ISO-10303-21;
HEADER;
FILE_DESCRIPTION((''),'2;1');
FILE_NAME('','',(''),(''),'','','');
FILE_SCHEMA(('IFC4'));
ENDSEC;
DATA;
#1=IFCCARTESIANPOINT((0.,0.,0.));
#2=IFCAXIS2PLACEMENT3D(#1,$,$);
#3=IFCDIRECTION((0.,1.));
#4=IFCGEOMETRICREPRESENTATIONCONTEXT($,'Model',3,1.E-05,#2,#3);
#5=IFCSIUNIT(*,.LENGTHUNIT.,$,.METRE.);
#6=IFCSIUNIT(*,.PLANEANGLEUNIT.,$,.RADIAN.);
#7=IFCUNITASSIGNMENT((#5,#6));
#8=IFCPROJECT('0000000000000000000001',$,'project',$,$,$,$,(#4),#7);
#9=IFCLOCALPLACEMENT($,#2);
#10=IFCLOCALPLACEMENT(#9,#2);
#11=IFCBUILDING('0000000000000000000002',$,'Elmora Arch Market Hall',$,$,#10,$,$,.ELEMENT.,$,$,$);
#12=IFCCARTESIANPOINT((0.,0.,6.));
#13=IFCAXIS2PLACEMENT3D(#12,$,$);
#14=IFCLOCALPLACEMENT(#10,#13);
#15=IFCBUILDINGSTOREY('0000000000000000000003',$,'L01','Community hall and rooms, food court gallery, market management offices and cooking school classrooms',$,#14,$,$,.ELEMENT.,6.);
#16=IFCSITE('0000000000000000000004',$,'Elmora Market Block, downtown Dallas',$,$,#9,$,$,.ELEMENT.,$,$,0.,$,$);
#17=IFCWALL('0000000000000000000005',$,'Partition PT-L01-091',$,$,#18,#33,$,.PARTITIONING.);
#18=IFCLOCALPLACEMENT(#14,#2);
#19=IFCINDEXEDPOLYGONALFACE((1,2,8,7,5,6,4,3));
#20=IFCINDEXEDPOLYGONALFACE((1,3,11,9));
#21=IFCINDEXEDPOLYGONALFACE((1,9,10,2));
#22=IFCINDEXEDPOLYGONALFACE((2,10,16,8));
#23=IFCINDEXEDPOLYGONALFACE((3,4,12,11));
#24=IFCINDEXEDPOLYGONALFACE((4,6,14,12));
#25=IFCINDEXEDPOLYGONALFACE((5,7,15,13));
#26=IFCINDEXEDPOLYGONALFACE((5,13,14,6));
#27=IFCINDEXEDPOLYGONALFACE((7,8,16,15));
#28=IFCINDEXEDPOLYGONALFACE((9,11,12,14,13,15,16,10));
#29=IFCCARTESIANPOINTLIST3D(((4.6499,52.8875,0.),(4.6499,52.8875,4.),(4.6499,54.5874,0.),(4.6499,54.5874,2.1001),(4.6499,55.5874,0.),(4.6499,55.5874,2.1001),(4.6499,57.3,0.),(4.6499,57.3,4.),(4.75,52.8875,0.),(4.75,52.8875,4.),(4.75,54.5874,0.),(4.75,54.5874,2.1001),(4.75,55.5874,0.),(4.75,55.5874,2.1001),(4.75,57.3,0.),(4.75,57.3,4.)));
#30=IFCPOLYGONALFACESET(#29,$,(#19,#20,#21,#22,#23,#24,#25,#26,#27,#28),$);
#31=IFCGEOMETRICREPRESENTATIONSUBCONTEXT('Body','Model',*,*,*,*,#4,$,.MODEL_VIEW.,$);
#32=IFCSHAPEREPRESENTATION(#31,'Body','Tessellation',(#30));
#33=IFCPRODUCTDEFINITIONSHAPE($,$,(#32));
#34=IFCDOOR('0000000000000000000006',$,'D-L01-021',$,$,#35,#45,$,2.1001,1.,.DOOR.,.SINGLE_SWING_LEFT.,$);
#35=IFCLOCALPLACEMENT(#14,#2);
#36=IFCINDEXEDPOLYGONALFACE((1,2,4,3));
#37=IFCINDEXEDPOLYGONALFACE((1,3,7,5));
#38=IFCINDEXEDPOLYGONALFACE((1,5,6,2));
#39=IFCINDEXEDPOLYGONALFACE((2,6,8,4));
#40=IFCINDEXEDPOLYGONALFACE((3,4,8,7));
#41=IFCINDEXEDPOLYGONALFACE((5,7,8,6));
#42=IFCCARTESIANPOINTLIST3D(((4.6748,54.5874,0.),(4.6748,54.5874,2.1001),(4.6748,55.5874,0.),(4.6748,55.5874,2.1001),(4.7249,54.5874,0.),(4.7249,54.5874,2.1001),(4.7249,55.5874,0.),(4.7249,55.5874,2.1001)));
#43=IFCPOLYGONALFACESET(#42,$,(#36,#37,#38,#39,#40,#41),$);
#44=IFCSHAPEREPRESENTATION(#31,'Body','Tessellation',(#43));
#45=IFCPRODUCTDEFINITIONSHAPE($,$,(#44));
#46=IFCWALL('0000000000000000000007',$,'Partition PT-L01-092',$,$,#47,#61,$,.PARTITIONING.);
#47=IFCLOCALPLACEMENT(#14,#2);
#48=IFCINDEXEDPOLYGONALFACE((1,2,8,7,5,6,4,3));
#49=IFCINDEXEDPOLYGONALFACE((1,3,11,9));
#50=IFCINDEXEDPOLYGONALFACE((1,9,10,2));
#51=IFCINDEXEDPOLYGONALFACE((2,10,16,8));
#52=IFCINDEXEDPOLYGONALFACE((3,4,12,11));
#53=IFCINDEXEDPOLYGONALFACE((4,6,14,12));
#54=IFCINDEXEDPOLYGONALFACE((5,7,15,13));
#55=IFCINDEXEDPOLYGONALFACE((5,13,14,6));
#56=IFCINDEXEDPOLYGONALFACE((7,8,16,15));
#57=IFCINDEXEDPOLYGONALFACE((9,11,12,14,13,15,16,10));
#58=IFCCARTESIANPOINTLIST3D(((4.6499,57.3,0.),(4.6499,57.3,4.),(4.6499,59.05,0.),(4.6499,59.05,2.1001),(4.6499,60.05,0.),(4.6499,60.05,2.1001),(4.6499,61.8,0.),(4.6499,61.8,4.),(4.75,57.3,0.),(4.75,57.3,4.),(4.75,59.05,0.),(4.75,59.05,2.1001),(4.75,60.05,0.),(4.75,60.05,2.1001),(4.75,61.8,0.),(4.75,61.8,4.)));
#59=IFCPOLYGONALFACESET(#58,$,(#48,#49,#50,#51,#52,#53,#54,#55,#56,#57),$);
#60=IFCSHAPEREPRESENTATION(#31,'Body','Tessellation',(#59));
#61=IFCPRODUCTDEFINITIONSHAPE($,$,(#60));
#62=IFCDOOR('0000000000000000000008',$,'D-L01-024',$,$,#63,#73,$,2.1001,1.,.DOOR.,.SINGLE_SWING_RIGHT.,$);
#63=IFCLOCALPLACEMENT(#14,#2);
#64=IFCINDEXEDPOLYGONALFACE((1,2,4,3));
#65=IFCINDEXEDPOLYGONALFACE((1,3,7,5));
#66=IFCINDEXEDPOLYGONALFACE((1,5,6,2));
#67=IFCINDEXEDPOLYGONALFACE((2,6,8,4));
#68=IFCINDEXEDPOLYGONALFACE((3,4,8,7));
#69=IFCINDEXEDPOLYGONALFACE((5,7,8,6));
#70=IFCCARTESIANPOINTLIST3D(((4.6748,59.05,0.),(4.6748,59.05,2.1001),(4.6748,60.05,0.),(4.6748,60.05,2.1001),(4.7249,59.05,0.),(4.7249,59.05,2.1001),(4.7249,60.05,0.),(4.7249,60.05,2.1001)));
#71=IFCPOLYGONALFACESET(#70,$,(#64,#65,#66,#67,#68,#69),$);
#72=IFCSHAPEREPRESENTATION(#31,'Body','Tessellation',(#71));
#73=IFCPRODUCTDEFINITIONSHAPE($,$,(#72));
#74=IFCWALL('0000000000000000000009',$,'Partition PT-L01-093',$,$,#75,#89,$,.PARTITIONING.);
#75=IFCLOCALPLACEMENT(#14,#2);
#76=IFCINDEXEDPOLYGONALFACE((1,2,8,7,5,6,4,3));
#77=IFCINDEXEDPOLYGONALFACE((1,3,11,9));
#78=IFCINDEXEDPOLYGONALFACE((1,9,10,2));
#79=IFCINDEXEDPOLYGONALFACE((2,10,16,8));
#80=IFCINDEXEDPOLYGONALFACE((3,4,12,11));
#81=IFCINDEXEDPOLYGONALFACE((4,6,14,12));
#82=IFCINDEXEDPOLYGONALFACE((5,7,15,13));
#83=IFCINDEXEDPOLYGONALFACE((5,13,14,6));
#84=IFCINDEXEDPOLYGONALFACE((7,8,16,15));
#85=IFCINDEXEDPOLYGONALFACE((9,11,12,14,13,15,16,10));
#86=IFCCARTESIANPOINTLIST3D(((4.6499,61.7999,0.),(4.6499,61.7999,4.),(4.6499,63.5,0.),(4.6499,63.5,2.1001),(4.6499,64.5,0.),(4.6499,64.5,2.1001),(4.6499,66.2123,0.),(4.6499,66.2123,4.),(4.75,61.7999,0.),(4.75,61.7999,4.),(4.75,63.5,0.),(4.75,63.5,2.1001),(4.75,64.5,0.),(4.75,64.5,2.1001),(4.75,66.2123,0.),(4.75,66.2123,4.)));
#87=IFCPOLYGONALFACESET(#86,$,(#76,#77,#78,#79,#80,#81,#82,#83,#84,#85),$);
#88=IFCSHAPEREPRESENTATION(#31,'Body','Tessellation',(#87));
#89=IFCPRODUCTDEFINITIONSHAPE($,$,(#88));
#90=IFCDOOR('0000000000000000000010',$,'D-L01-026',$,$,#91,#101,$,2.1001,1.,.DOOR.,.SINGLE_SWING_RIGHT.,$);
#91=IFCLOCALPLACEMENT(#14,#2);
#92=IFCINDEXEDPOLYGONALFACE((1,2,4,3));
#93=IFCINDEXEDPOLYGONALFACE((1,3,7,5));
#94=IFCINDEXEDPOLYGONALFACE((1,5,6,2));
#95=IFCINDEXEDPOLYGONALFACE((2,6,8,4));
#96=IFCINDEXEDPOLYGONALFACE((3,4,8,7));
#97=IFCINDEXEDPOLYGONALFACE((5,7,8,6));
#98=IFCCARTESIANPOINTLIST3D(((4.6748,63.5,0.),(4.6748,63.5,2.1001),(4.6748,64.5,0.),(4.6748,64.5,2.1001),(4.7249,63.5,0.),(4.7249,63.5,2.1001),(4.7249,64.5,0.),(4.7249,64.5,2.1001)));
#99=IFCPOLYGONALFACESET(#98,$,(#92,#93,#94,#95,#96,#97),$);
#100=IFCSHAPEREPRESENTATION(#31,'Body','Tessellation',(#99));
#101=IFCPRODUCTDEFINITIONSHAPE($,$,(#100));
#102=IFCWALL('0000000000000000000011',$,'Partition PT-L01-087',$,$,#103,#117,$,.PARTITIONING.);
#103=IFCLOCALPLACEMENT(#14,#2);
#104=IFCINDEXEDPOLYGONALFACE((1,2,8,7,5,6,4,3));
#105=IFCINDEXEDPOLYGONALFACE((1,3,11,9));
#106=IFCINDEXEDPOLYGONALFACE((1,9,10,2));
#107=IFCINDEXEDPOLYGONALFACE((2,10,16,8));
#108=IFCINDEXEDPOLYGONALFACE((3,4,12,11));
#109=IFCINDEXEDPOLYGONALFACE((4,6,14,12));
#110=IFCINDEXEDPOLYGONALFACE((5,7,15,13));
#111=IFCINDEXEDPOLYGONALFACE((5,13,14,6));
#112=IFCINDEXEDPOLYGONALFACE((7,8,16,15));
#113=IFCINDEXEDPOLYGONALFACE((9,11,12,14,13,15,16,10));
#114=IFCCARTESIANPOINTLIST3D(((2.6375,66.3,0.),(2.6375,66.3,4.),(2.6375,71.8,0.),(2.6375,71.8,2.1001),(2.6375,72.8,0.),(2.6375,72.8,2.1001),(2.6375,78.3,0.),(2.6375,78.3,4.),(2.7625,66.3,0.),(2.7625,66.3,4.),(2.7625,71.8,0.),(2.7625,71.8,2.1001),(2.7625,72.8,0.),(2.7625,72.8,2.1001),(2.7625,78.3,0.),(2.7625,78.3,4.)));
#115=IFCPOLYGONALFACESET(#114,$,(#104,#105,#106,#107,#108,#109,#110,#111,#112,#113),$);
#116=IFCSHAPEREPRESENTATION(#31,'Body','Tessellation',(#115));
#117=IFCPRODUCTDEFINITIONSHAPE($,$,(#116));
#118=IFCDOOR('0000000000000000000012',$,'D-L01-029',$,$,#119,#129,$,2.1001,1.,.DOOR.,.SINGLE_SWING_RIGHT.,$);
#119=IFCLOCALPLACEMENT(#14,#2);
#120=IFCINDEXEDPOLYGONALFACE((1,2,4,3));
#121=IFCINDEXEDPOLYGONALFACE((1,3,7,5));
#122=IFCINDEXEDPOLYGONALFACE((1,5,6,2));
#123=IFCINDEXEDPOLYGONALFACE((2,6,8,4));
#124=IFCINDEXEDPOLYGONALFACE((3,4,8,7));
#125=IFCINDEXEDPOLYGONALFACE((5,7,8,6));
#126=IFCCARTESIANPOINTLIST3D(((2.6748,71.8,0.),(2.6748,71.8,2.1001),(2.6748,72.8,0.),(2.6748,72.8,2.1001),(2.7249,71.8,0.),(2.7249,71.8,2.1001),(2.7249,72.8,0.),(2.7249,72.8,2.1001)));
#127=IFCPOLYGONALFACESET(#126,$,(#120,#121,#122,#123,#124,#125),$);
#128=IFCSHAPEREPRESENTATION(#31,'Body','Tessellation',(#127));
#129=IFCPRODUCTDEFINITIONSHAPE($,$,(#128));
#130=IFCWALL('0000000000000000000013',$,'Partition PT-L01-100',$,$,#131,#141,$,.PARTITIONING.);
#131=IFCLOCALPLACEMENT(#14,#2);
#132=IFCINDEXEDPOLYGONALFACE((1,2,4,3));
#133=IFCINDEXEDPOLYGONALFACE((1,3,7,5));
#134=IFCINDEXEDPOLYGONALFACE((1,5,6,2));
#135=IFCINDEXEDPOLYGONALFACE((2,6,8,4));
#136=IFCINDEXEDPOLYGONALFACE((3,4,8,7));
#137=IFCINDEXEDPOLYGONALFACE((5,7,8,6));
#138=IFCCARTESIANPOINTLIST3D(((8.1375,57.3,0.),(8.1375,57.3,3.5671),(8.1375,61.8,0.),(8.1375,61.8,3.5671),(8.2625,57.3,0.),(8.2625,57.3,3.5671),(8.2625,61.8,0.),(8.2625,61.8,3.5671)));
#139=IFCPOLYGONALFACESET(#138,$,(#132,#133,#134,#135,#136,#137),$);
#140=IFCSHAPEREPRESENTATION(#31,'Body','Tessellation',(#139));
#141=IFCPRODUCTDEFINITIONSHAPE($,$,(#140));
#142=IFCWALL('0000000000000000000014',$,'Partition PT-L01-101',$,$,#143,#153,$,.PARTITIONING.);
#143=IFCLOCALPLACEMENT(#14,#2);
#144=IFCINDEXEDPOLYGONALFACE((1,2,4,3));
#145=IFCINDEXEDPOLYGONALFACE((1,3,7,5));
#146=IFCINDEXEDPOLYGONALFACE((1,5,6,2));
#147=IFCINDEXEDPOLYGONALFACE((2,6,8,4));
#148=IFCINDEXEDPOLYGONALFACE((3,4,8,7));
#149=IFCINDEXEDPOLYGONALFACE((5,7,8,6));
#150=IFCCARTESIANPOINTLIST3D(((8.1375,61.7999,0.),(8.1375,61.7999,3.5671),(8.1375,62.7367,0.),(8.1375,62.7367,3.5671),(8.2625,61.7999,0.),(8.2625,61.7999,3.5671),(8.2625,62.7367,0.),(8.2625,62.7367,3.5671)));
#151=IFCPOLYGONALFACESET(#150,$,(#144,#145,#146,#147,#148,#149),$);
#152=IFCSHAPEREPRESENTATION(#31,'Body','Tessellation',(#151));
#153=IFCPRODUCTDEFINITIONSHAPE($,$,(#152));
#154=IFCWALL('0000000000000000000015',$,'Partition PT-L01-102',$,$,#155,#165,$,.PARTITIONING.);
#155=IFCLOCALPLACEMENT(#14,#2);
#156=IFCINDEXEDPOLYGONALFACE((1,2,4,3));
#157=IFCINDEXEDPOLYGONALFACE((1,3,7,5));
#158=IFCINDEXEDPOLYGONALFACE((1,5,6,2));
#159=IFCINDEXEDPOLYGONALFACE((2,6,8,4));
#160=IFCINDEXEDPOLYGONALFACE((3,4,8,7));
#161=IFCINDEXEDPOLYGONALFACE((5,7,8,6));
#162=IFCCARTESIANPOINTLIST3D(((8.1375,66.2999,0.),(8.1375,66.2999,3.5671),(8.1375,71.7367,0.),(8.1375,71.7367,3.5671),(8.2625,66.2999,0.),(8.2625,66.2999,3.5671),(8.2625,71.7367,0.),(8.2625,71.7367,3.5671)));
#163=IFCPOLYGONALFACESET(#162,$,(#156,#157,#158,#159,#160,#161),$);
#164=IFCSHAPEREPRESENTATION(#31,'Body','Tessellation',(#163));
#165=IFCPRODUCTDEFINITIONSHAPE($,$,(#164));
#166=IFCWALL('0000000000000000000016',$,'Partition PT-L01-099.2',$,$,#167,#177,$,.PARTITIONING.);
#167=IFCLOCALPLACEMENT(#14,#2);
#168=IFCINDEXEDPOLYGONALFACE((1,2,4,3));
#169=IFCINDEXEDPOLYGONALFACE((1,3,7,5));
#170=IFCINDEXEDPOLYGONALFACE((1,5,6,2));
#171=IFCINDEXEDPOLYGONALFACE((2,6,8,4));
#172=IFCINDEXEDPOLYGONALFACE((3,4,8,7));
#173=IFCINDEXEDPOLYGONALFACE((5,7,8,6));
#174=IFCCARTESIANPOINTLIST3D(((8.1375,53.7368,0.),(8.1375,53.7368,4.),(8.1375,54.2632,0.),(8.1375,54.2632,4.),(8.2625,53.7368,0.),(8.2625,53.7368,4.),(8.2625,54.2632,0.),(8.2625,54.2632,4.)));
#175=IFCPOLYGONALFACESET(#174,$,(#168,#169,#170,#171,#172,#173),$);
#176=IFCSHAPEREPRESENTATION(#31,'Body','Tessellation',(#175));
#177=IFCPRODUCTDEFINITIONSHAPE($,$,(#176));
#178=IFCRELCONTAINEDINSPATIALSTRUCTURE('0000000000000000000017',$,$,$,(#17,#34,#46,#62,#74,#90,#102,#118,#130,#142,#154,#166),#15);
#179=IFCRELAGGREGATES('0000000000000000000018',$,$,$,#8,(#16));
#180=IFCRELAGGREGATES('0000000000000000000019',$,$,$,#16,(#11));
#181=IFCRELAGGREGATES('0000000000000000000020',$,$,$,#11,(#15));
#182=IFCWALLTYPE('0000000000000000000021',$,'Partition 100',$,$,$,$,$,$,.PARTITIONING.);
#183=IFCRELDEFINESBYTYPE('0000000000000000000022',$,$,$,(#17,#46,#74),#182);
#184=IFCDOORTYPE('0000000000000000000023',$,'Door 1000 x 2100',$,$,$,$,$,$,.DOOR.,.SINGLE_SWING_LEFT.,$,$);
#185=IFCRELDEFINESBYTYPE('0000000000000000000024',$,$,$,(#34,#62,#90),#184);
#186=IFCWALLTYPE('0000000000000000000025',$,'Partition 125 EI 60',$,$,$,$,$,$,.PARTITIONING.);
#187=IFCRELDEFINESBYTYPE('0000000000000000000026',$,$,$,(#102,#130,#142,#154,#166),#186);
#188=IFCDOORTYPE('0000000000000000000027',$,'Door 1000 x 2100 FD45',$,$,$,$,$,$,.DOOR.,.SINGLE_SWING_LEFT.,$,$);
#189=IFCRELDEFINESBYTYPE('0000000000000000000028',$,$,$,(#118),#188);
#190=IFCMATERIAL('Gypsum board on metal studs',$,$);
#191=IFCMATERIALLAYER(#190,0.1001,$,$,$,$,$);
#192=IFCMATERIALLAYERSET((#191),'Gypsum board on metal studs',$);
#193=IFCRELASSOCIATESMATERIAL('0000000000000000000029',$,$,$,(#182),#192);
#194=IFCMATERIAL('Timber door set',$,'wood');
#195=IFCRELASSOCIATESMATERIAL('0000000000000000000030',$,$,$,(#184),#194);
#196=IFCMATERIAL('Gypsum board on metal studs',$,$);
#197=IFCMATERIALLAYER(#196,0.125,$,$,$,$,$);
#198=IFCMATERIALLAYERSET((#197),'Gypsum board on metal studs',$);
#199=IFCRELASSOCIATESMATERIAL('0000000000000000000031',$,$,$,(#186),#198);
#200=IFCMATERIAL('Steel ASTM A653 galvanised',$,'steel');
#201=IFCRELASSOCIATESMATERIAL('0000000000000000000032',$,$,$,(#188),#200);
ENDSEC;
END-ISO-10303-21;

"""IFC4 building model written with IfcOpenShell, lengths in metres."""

from ifc_helpers import new_model, si_unit, direction, frame, frame_2d, origin, place, context, subcontext, project, spatial, rectangle, extrude, material, layer, layer_set, type_object, element, fill, save


model = new_model("IFC4")

# Units and contexts
model_context = context("Model", 3, precision=1e-05, world=origin(), true_north=direction((0.0, 1.0)))
body_context = subcontext(model_context, "Body", "Model", "MODEL_VIEW")
ifc_project = project(units=[si_unit("LENGTHUNIT", "METRE"), si_unit("PLANEANGLEUNIT", "RADIAN")], contexts=[model_context])

# Site, building, storey
site_placement = place(None, origin())
site = spatial("IfcSite", under=ifc_project, at=site_placement, Name="Elmora Market Block, downtown Dallas", CompositionType="ELEMENT", RefElevation=0.0)
building_placement = place(site_placement, origin())
building = spatial("IfcBuilding", under=site, at=building_placement, Name="Elmora Arch Market Hall", CompositionType="ELEMENT")
storey_placement = place(building_placement, frame((0.0, 0.0, 6.0)))
storey = spatial("IfcBuildingStorey", under=building, at=storey_placement, Name="L01", Description="Community hall and rooms, food court gallery, market management offices and cooking school classrooms", CompositionType="ELEMENT", Elevation=6.0)

# Shared definitions
ifc_material_1 = material(Name="Gypsum board on metal studs")
ifc_layer_1 = layer(ifc_material_1, 0.1001)
ifc_layer_set_1 = layer_set([ifc_layer_1], Name="Gypsum board on metal studs")
wall_type_1 = type_object("IfcWallType", Name="Partition 100", PredefinedType="PARTITIONING", material=ifc_layer_set_1)

# Walls, openings, doors
wall_1_placement = place(storey_placement, frame((4.7, 52.8875, 0.0), z_axis=(0.0, 0.0, 1.0), x_axis=(0.0, 1.0, 0.0)))
wall_1 = element("IfcWall", 1, at=wall_1_placement, inside=storey, type_object=wall_type_1, Name="Partition PT-L01-091", PredefinedType="PARTITIONING", context=body_context, shape_type="SweptSolid", body=[
    extrude(rectangle(XDim=4.4126, YDim=0.1001, at=frame_2d((2.2063, 0.0))), origin(), (0.0, 0.0, 1.0), 4.0),
])
opening_1_placement = place(wall_1_placement, frame((1.7, 0.0, 0.0)))
opening_1 = element("IfcOpeningElement", 2, at=opening_1_placement, cuts=wall_1, PredefinedType="OPENING", context=body_context, shape_type="SweptSolid", body=[
    extrude(rectangle(XDim=1.0, YDim=2.1001, at=frame_2d((0.5, 1.05))), frame((0.0, 0.0601, 0.0), z_axis=(0.0, -1.0, 0.0), x_axis=(1.0, 0.0, 0.0)), (0.0, 0.0, 1.0), 0.1201),
])
ifc_material_2 = material(Name="Timber door set", Category="wood")
door_type_1 = type_object("IfcDoorType", Name="Door 1000 x 2100", OperationType="SINGLE_SWING_LEFT", PredefinedType="DOOR", material=ifc_material_2)
door_1_placement = place(opening_1_placement, frame((1.0, 0.0, 0.0), z_axis=(0.0, 0.0, 1.0), x_axis=(-1.0, 0.0, 0.0)))
door_1 = element("IfcDoor", 3, at=door_1_placement, inside=storey, type_object=door_type_1, Name="D-L01-021", OperationType="SINGLE_SWING_LEFT", OverallHeight=2.1001, OverallWidth=1.0, PredefinedType="DOOR", context=body_context, shape_type="SweptSolid", body=[
    extrude(rectangle(XDim=1.0, YDim=2.1001, at=frame_2d((0.5, 1.05))), frame((0.0, 0.0249, 0.0), z_axis=(0.0, -1.0, 0.0), x_axis=(1.0, 0.0, 0.0)), (0.0, 0.0, 1.0), 0.05),
])
fill(opening_1, door_1)
wall_2_placement = place(storey_placement, frame((4.7, 57.3, 0.0), z_axis=(0.0, 0.0, 1.0), x_axis=(0.0, 1.0, 0.0)))
wall_2 = element("IfcWall", 4, at=wall_2_placement, inside=storey, type_object=wall_type_1, Name="Partition PT-L01-092", PredefinedType="PARTITIONING", context=body_context, shape_type="SweptSolid", body=[
    extrude(rectangle(XDim=4.5, YDim=0.1001, at=frame_2d((2.25, 0.0))), origin(), (0.0, 0.0, 1.0), 4.0),
])
opening_2_placement = place(wall_2_placement, frame((1.75, 0.0, 0.0)))
opening_2 = element("IfcOpeningElement", 5, at=opening_2_placement, cuts=wall_2, PredefinedType="OPENING", context=body_context, shape_type="SweptSolid", body=[
    extrude(rectangle(XDim=1.0, YDim=2.1001, at=frame_2d((0.5, 1.05))), frame((0.0, 0.0601, 0.0), z_axis=(0.0, -1.0, 0.0), x_axis=(1.0, 0.0, 0.0)), (0.0, 0.0, 1.0), 0.1201),
])
door_2_placement = place(opening_2_placement, frame((1.0, 0.0, 0.0), z_axis=(0.0, 0.0, 1.0), x_axis=(-1.0, 0.0, 0.0)))
door_2 = element("IfcDoor", 6, at=door_2_placement, inside=storey, type_object=door_type_1, Name="D-L01-024", OperationType="SINGLE_SWING_RIGHT", OverallHeight=2.1001, OverallWidth=1.0, PredefinedType="DOOR", context=body_context, shape_type="SweptSolid", body=[
    extrude(rectangle(XDim=1.0, YDim=2.1001, at=frame_2d((0.5, 1.05))), frame((0.0, 0.0249, 0.0), z_axis=(0.0, -1.0, 0.0), x_axis=(1.0, 0.0, 0.0)), (0.0, 0.0, 1.0), 0.05),
])
fill(opening_2, door_2)
wall_3_placement = place(storey_placement, frame((4.7, 61.8, 0.0), z_axis=(0.0, 0.0, 1.0), x_axis=(0.0, 1.0, 0.0)))
wall_3 = element("IfcWall", 7, at=wall_3_placement, inside=storey, type_object=wall_type_1, Name="Partition PT-L01-093", PredefinedType="PARTITIONING", context=body_context, shape_type="SweptSolid", body=[
    extrude(rectangle(XDim=4.4124, YDim=0.1001, at=frame_2d((2.2061, 0.0))), origin(), (0.0, 0.0, 1.0), 4.0),
])
opening_3_placement = place(wall_3_placement, frame((1.7, 0.0, 0.0)))
opening_3 = element("IfcOpeningElement", 8, at=opening_3_placement, cuts=wall_3, PredefinedType="OPENING", context=body_context, shape_type="SweptSolid", body=[
    extrude(rectangle(XDim=1.0, YDim=2.1001, at=frame_2d((0.5, 1.05))), frame((0.0, 0.0601, 0.0), z_axis=(0.0, -1.0, 0.0), x_axis=(1.0, 0.0, 0.0)), (0.0, 0.0, 1.0), 0.1201),
])
door_3_placement = place(opening_3_placement, frame((1.0, 0.0, 0.0), z_axis=(0.0, 0.0, 1.0), x_axis=(-1.0, 0.0, 0.0)))
door_3 = element("IfcDoor", 9, at=door_3_placement, inside=storey, type_object=door_type_1, Name="D-L01-026", OperationType="SINGLE_SWING_RIGHT", OverallHeight=2.1001, OverallWidth=1.0, PredefinedType="DOOR", context=body_context, shape_type="SweptSolid", body=[
    extrude(rectangle(XDim=1.0, YDim=2.1001, at=frame_2d((0.5, 1.05))), frame((0.0, 0.0249, 0.0), z_axis=(0.0, -1.0, 0.0), x_axis=(1.0, 0.0, 0.0)), (0.0, 0.0, 1.0), 0.05),
])
fill(opening_3, door_3)
ifc_material_3 = material(Name="Gypsum board on metal studs")
ifc_layer_2 = layer(ifc_material_3, 0.125)
ifc_layer_set_2 = layer_set([ifc_layer_2], Name="Gypsum board on metal studs")
wall_type_2 = type_object("IfcWallType", Name="Partition 125 EI 60", PredefinedType="PARTITIONING", material=ifc_layer_set_2)
wall_4_placement = place(storey_placement, frame((2.7, 66.3, 0.0), z_axis=(0.0, 0.0, 1.0), x_axis=(0.0, 1.0, 0.0)))
wall_4 = element("IfcWall", 10, at=wall_4_placement, inside=storey, type_object=wall_type_2, Name="Partition PT-L01-087", PredefinedType="PARTITIONING", context=body_context, shape_type="SweptSolid", body=[
    extrude(rectangle(XDim=12.0, YDim=0.125, at=frame_2d((6.0, 0.0))), origin(), (0.0, 0.0, 1.0), 4.0),
])
opening_4_placement = place(wall_4_placement, frame((5.5, 0.0, 0.0)))
opening_4 = element("IfcOpeningElement", 11, at=opening_4_placement, cuts=wall_4, PredefinedType="OPENING", context=body_context, shape_type="SweptSolid", body=[
    extrude(rectangle(XDim=1.0, YDim=2.1001, at=frame_2d((0.5, 1.05))), frame((0.0, 0.0725, 0.0), z_axis=(0.0, -1.0, 0.0), x_axis=(1.0, 0.0, 0.0)), (0.0, 0.0, 1.0), 0.145),
])
ifc_material_4 = material(Name="Steel ASTM A653 galvanised", Category="steel")
door_type_2 = type_object("IfcDoorType", Name="Door 1000 x 2100 FD45", OperationType="SINGLE_SWING_LEFT", PredefinedType="DOOR", material=ifc_material_4)
door_4_placement = place(opening_4_placement, frame((1.0, 0.0, 0.0), z_axis=(0.0, 0.0, 1.0), x_axis=(-1.0, 0.0, 0.0)))
door_4 = element("IfcDoor", 12, at=door_4_placement, inside=storey, type_object=door_type_2, Name="D-L01-029", OperationType="SINGLE_SWING_RIGHT", OverallHeight=2.1001, OverallWidth=1.0, PredefinedType="DOOR", context=body_context, shape_type="SweptSolid", body=[
    extrude(rectangle(XDim=1.0, YDim=2.1001, at=frame_2d((0.5, 1.05))), frame((0.0, 0.0249, 0.0), z_axis=(0.0, -1.0, 0.0), x_axis=(1.0, 0.0, 0.0)), (0.0, 0.0, 1.0), 0.05),
])
fill(opening_4, door_4)

# Walls
wall_5_placement = place(storey_placement, frame((8.2, 57.3, 0.0), z_axis=(0.0, 0.0, 1.0), x_axis=(0.0, 1.0, 0.0)))
element("IfcWall", 13, at=wall_5_placement, inside=storey, type_object=wall_type_2, Name="Partition PT-L01-100", PredefinedType="PARTITIONING", context=body_context, shape_type="SweptSolid", body=[
    extrude(rectangle(XDim=4.5, YDim=0.125, at=frame_2d((2.25, 0.0))), origin(), (0.0, 0.0, 1.0), 3.5671),
])
wall_6_placement = place(storey_placement, frame((8.2, 61.8, 0.0), z_axis=(0.0, 0.0, 1.0), x_axis=(0.0, 1.0, 0.0)))
element("IfcWall", 14, at=wall_6_placement, inside=storey, type_object=wall_type_2, Name="Partition PT-L01-101", PredefinedType="PARTITIONING", context=body_context, shape_type="SweptSolid", body=[
    extrude(rectangle(XDim=0.9368, YDim=0.125, at=frame_2d((0.4683, 0.0))), origin(), (0.0, 0.0, 1.0), 3.5671),
])
wall_7_placement = place(storey_placement, frame((8.2, 66.3, 0.0), z_axis=(0.0, 0.0, 1.0), x_axis=(0.0, 1.0, 0.0)))
element("IfcWall", 15, at=wall_7_placement, inside=storey, type_object=wall_type_2, Name="Partition PT-L01-102", PredefinedType="PARTITIONING", context=body_context, shape_type="SweptSolid", body=[
    extrude(rectangle(XDim=5.4368, YDim=0.125, at=frame_2d((2.7183, 0.0))), origin(), (0.0, 0.0, 1.0), 3.5671),
])
wall_8_placement = place(storey_placement, frame((8.2, 53.7368, 0.0), z_axis=(0.0, 0.0, 1.0), x_axis=(0.0, 1.0, 0.0)))
element("IfcWall", 16, at=wall_8_placement, inside=storey, type_object=wall_type_2, Name="Partition PT-L01-099.2", PredefinedType="PARTITIONING", context=body_context, shape_type="SweptSolid", body=[
    extrude(rectangle(XDim=0.5264, YDim=0.125, at=frame_2d((0.2632, 0.0))), origin(), (0.0, 0.0, 1.0), 4.0),
])

save(model, "model.ifc")
